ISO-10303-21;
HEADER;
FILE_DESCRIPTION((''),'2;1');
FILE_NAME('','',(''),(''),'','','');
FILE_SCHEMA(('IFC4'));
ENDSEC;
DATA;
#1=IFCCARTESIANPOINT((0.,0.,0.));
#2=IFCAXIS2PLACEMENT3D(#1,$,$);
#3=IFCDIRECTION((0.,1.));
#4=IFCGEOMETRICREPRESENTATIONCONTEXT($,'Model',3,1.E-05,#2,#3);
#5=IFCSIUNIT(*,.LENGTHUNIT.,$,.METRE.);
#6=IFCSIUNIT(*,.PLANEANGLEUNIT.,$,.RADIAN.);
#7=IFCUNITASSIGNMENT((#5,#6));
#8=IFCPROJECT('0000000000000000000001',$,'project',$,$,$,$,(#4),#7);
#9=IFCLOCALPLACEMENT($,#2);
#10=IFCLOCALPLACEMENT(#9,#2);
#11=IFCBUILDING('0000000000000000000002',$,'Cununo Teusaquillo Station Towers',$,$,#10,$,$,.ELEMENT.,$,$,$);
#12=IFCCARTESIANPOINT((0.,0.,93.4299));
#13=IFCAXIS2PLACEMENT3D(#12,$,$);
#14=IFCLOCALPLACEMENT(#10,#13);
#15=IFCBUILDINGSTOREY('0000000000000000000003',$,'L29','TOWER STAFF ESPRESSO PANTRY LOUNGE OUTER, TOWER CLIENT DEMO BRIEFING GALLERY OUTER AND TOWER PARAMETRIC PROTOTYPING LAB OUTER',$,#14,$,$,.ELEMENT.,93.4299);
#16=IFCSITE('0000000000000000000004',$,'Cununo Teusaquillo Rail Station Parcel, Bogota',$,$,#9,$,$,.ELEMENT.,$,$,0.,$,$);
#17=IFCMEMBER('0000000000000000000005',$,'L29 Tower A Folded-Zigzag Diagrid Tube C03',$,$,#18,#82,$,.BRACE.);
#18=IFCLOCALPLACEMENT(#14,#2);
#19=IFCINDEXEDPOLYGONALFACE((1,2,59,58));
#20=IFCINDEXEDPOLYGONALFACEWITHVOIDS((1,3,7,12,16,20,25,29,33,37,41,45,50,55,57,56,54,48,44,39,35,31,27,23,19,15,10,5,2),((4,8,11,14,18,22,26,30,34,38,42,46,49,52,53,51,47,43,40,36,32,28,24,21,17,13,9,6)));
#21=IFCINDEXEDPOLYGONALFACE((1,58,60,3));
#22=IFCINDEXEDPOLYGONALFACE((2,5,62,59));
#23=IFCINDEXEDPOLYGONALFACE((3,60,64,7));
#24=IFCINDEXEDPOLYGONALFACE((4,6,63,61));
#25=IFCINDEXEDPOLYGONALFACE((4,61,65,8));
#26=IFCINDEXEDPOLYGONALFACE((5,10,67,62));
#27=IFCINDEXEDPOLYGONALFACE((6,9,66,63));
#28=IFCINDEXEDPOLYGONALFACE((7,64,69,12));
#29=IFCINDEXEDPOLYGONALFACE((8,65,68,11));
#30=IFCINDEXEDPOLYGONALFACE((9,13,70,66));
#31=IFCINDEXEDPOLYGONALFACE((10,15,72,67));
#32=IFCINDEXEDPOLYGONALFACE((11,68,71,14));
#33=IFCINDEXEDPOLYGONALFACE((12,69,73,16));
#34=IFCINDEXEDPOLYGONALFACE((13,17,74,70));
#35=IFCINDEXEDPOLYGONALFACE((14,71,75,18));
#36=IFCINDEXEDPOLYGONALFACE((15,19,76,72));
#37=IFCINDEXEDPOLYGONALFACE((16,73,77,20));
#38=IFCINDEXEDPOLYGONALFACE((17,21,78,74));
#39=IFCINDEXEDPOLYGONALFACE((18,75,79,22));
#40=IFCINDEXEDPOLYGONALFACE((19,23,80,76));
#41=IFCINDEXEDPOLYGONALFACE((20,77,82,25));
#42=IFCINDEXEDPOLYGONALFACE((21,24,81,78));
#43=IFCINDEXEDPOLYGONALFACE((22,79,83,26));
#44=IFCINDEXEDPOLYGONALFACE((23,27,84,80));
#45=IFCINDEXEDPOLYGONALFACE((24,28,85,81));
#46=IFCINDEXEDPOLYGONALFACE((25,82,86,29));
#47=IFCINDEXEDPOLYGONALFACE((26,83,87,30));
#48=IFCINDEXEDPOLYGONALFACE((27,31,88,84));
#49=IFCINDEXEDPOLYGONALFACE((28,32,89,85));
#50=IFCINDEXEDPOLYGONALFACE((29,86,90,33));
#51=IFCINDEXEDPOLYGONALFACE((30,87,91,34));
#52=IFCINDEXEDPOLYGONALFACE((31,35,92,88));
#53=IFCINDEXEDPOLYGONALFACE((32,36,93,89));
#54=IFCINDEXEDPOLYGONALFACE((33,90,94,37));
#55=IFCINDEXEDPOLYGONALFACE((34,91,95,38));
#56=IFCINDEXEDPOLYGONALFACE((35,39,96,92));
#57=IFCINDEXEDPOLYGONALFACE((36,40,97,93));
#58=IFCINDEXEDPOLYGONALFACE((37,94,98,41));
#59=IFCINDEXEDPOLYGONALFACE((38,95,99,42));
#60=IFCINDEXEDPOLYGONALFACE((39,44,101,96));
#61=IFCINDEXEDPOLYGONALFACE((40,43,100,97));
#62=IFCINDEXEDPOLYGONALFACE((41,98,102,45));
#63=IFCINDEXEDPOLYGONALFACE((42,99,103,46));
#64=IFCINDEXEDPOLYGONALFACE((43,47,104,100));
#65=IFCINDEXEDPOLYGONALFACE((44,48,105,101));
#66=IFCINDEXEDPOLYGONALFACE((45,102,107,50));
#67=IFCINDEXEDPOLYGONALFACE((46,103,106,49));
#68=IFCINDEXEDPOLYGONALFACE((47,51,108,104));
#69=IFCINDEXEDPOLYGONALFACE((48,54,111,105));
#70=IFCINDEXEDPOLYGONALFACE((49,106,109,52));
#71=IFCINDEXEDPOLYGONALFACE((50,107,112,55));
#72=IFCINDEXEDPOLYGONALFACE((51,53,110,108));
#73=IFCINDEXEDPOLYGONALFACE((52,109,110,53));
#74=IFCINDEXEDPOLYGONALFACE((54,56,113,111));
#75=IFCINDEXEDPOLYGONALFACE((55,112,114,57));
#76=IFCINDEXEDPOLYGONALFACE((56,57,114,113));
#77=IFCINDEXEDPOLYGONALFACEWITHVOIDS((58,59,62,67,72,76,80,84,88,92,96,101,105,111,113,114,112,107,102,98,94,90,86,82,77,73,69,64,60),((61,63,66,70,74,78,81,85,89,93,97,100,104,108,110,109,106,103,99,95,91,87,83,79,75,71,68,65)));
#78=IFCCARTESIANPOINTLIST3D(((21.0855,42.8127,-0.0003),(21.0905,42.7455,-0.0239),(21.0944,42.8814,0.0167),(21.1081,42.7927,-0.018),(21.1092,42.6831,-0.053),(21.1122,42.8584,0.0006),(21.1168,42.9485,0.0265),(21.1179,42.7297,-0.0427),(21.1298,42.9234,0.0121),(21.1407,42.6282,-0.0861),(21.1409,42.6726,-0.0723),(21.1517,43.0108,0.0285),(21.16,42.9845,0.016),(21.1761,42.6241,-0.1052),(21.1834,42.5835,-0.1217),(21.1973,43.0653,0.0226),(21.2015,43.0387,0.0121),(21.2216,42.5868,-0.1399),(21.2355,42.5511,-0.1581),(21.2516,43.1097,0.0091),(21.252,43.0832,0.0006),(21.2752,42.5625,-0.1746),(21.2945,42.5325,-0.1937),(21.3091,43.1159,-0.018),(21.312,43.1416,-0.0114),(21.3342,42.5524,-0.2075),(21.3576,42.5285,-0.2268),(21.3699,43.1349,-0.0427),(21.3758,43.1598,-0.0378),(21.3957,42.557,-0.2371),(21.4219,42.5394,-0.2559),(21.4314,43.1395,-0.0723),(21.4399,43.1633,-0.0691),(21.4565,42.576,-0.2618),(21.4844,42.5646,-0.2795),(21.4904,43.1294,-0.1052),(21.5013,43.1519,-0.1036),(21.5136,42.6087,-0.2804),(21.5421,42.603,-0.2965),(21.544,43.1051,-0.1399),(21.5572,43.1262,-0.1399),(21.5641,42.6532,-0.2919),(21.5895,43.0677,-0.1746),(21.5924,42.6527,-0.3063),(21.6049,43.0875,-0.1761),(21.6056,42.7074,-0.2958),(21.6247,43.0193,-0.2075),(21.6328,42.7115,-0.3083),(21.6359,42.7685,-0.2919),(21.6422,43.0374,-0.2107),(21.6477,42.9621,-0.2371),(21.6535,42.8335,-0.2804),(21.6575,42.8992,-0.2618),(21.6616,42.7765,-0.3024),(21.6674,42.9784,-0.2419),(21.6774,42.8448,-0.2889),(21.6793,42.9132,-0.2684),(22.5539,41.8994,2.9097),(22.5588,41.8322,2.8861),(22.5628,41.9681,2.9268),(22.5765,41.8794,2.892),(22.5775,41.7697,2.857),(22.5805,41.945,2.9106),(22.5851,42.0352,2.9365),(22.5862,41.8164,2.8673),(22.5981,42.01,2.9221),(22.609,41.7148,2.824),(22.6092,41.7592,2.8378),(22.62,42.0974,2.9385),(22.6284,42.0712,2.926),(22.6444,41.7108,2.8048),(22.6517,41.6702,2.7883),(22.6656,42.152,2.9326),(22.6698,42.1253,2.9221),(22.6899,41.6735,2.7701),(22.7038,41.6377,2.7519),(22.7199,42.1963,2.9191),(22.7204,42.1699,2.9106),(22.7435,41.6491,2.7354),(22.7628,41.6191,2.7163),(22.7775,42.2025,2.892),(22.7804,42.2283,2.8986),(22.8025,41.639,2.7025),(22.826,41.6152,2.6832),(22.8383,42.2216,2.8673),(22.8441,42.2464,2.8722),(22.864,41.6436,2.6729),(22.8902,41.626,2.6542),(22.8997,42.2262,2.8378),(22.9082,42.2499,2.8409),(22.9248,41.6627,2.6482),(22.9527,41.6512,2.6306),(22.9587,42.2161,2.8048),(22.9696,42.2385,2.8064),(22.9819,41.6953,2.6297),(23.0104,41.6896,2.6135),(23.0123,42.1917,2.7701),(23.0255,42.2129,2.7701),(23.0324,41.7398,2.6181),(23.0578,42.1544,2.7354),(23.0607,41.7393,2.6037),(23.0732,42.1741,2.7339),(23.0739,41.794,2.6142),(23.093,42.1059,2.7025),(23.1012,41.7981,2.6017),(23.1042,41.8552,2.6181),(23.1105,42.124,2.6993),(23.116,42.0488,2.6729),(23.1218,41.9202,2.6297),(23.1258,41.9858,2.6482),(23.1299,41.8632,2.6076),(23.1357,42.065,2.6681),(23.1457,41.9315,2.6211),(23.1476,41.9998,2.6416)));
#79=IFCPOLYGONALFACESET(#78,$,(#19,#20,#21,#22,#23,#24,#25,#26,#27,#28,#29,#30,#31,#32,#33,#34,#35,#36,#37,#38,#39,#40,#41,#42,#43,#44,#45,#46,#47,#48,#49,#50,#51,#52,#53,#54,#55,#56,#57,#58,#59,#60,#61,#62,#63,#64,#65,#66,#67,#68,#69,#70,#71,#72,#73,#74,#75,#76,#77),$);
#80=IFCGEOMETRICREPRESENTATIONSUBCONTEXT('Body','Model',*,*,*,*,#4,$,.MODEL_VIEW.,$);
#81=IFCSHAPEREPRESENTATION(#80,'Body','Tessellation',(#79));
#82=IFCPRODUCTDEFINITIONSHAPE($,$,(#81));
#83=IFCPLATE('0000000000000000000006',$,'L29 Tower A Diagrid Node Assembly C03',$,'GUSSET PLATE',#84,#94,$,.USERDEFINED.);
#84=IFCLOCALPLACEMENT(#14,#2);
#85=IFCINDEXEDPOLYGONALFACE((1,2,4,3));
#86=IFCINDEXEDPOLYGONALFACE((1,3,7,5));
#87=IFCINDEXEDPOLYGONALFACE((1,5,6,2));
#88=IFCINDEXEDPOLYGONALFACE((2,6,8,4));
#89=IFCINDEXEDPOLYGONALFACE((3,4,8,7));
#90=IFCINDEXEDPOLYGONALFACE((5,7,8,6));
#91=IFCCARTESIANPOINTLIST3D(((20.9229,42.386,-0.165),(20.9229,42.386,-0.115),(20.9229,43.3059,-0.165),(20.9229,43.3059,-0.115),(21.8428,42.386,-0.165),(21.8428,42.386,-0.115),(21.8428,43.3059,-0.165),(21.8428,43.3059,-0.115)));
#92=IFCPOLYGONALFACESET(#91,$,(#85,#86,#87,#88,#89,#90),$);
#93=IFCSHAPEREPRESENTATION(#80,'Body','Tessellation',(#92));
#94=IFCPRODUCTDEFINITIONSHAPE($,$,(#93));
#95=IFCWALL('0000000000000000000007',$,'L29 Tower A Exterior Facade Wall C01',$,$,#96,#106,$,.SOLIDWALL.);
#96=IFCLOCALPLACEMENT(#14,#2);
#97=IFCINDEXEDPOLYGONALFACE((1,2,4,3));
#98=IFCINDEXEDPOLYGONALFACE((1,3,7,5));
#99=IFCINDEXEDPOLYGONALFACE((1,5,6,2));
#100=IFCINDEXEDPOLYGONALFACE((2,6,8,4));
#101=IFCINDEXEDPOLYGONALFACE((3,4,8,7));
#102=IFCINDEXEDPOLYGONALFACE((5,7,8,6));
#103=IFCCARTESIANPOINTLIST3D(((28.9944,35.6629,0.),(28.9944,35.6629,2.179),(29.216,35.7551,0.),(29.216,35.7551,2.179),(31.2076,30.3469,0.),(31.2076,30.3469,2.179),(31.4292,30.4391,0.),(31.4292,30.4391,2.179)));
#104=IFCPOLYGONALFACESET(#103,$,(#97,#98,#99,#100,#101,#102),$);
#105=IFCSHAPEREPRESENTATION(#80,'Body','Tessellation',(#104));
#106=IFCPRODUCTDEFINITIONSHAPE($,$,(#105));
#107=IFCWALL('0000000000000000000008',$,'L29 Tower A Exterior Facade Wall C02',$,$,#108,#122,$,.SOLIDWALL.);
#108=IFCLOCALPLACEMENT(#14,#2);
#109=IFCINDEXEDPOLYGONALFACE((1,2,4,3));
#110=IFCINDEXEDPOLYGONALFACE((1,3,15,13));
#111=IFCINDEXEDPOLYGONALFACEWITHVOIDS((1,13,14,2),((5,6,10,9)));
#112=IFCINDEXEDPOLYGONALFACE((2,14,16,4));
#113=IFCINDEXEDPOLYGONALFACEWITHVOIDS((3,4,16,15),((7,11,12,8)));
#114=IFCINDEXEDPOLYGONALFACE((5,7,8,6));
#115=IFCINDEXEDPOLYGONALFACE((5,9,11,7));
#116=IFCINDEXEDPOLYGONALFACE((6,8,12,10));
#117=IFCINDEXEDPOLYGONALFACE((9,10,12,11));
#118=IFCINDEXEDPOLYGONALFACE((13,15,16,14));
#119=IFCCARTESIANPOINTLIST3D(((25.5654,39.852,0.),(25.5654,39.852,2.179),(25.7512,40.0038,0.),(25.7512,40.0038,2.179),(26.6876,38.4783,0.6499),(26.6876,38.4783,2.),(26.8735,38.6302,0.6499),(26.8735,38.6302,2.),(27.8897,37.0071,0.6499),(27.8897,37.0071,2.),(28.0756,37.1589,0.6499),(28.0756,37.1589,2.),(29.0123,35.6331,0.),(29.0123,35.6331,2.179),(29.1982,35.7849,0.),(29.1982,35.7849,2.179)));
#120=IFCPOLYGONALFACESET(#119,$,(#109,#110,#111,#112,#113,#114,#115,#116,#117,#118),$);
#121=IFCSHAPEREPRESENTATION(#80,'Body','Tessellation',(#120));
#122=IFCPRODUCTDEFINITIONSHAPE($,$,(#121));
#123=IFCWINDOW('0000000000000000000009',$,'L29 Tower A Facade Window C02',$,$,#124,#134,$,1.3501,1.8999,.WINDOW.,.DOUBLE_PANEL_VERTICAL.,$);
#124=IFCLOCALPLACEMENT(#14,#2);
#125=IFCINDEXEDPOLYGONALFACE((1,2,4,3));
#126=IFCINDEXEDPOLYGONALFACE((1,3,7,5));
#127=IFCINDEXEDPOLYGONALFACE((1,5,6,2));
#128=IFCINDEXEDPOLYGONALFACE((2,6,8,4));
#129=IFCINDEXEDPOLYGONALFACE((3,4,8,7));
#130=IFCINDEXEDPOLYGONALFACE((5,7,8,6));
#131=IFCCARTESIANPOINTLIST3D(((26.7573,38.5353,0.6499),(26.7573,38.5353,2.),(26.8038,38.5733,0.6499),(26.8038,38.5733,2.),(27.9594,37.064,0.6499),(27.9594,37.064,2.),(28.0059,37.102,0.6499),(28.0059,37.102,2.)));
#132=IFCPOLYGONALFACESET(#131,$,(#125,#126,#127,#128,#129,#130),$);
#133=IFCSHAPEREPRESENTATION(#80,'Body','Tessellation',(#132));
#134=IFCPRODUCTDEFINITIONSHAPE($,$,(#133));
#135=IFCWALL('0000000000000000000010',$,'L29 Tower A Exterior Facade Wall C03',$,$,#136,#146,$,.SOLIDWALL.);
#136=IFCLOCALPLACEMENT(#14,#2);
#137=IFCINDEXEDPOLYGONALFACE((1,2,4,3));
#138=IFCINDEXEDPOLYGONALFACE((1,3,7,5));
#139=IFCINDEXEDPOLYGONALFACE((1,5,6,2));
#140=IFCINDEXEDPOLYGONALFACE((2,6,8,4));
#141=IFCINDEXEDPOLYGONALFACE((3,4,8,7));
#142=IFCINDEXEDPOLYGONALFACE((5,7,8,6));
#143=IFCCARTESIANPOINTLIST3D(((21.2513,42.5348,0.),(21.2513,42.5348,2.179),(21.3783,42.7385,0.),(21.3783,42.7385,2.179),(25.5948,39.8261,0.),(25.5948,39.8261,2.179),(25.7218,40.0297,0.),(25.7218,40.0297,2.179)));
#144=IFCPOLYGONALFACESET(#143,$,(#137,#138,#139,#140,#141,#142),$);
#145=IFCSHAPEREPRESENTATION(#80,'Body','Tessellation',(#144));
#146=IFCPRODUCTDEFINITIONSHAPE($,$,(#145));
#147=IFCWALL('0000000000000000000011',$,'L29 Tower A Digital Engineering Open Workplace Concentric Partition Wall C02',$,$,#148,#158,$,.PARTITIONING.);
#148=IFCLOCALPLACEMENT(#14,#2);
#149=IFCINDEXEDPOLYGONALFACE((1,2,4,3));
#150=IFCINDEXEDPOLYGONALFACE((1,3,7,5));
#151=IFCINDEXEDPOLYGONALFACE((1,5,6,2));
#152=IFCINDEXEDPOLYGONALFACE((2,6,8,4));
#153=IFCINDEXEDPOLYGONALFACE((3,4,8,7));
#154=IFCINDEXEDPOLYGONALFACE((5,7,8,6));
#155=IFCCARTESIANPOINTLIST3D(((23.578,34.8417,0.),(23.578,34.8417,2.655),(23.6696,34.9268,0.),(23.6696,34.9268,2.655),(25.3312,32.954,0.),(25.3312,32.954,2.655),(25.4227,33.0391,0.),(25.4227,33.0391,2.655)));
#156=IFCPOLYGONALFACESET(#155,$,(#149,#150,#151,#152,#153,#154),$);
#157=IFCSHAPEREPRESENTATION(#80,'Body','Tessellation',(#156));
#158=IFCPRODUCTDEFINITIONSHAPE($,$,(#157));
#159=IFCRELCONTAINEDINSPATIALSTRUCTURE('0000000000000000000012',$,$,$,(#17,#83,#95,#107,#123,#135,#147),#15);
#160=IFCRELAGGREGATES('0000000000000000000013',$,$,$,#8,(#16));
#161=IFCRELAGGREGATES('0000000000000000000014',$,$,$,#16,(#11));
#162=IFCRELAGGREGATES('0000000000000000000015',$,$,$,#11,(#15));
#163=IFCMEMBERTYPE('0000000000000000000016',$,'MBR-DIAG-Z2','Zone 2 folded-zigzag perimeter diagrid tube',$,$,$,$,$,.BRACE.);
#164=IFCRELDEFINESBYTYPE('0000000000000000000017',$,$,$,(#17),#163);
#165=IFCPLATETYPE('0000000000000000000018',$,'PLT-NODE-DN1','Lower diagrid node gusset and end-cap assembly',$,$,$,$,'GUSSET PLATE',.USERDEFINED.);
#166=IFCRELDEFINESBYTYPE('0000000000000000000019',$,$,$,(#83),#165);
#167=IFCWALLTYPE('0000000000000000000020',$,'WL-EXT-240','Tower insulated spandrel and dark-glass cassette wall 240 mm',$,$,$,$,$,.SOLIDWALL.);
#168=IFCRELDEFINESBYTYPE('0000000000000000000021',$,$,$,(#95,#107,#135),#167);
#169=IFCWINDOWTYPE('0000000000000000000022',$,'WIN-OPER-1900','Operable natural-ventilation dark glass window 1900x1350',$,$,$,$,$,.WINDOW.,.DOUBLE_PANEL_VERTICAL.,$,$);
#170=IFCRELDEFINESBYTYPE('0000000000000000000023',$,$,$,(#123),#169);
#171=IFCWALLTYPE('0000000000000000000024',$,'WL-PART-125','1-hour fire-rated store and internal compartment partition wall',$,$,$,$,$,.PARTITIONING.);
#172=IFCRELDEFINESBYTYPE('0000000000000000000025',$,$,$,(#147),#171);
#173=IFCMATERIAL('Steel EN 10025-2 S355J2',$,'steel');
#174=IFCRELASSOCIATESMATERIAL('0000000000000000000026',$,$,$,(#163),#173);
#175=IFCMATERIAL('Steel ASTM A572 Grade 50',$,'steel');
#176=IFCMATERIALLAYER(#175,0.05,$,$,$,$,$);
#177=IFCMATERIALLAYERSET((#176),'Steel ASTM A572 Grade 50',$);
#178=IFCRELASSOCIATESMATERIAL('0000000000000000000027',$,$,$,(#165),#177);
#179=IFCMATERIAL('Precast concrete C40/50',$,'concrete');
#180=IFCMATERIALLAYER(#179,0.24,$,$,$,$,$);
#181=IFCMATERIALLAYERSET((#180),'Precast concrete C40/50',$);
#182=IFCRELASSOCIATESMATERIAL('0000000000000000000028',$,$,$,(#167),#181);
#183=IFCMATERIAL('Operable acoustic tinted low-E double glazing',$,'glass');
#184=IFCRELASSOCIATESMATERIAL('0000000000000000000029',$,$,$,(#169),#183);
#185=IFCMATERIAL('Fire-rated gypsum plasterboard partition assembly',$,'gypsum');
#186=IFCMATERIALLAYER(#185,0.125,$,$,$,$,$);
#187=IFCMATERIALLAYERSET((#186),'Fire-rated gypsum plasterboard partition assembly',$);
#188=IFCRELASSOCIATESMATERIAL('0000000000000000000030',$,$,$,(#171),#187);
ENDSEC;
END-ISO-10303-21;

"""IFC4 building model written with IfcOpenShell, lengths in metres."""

from ifc_helpers import new_model, si_unit, direction, frame, frame_2d, origin, origin_2d, place, context, subcontext, project, spatial, rectangle, hollow_circle, extrude, source, transform, mapped, material, layer, layer_set, material_profile, profile_set, type_object, element, fill, save


model = new_model("IFC4")

# Units and contexts
model_context = context("Model", 3, precision=1e-05, world=origin(), true_north=direction((0.0, 1.0)))
body_context = subcontext(model_context, "Body", "Model", "MODEL_VIEW")
ifc_project = project(units=[si_unit("LENGTHUNIT", "METRE"), si_unit("PLANEANGLEUNIT", "RADIAN")], contexts=[model_context])

# Site, building, storey
site_placement = place(None, origin())
site = spatial("IfcSite", under=ifc_project, at=site_placement, Name="Cununo Teusaquillo Rail Station Parcel, Bogota", CompositionType="ELEMENT", RefElevation=0.0)
building_placement = place(site_placement, origin())
building = spatial("IfcBuilding", under=site, at=building_placement, Name="Cununo Teusaquillo Station Towers", CompositionType="ELEMENT")
storey_placement = place(building_placement, frame((0.0, 0.0, 93.4299)))
storey = spatial("IfcBuildingStorey", under=building, at=storey_placement, Name="L29", Description="TOWER STAFF ESPRESSO PANTRY LOUNGE OUTER, TOWER CLIENT DEMO BRIEFING GALLERY OUTER AND TOWER PARAMETRIC PROTOTYPING LAB OUTER", CompositionType="ELEMENT", Elevation=93.4299)

# Member
ifc_material_1 = material(Name="Steel EN 10025-2 S355J2", Category="steel")
ifc_material_profile_1 = material_profile(ifc_material_1, hollow_circle(Radius=0.3301, WallThickness=0.0249, at=origin_2d()), Name="CHS 660x25")
ifc_profile_set_1 = profile_set([ifc_material_profile_1], Name="Steel EN 10025-2 S355J2")
member_type = type_object("IfcMemberType", Name="MBR-DIAG-Z2", Description="Zone 2 folded-zigzag perimeter diagrid tube", PredefinedType="BRACE", material=ifc_profile_set_1)
member_placement = place(storey_placement, frame((21.3828, 42.8459, -0.1399), z_axis=(0.433768, -0.269825, 0.859674), x_axis=(0.528196, 0.849123, 0.0)))
element("IfcMember", 1, at=member_placement, inside=storey, type_object=member_type, Name="L29 Tower A Folded-Zigzag Diagrid Tube C03", PredefinedType="BRACE", context=body_context, shape_type="SweptSolid", body=[
    extrude(hollow_circle(Radius=0.3301, WallThickness=0.0249, at=origin_2d()), origin(), (0.0, 0.0, 1.0), 3.385),
])

# Plate
ifc_material_2 = material(Name="Steel ASTM A572 Grade 50", Category="steel")
ifc_layer_1 = layer(ifc_material_2, 0.05)
ifc_layer_set_1 = layer_set([ifc_layer_1], Name="Steel ASTM A572 Grade 50")
plate_type = type_object("IfcPlateType", Name="PLT-NODE-DN1", Description="Lower diagrid node gusset and end-cap assembly", ElementType="GUSSET PLATE", PredefinedType="USERDEFINED", material=ifc_layer_set_1)
shared_shape_1 = source(origin(), body_context, "Body", "SweptSolid", [
    extrude(rectangle(XDim=0.9199, YDim=0.9199, at=origin_2d()), origin(), (0.0, 0.0, 1.0), 0.05),
])
plate_placement = place(storey_placement, frame((21.3828, 42.8459, -0.165), z_axis=(0.0, 0.0, 1.0), x_axis=(1.0, 0.0, 0.0)))
element("IfcPlate", 2, at=plate_placement, inside=storey, type_object=plate_type, Name="L29 Tower A Diagrid Node Assembly C03", ObjectType="GUSSET PLATE", PredefinedType="USERDEFINED", context=body_context, shape_type="MappedRepresentation", body=[
    mapped(shared_shape_1, transform((0.0, 0.0, 0.0), x_axis=(1.0, 0.0, 0.0), y_axis=(0.0, 1.0, 0.0), z_axis=(0.0, 0.0, 1.0), scale=1.0)),
])

# Wall
ifc_material_3 = material(Name="Precast concrete C40/50", Category="concrete")
ifc_layer_2 = layer(ifc_material_3, 0.24)
ifc_layer_set_2 = layer_set([ifc_layer_2], Name="Precast concrete C40/50")
wall_type_1 = type_object("IfcWallType", Name="WL-EXT-240", Description="Tower insulated spandrel and dark-glass cassette wall 240 mm", PredefinedType="SOLIDWALL", material=ifc_layer_set_2)
wall_1_placement = place(storey_placement, frame((29.1052, 35.709, 0.0), z_axis=(0.0, 0.0, 1.0), x_axis=(0.384344, -0.92319, 0.0)))
element("IfcWall", 3, at=wall_1_placement, inside=storey, type_object=wall_type_1, Name="L29 Tower A Exterior Facade Wall C01", PredefinedType="SOLIDWALL", context=body_context, shape_type="SweptSolid", body=[
    extrude(rectangle(XDim=5.7583, YDim=0.24, at=frame_2d((2.8792, 0.0))), origin(), (0.0, 0.0, 1.0), 2.179),
])

# Wall, opening, window
wall_2_placement = place(storey_placement, frame((25.6582, 39.928, 0.0), z_axis=(0.0, 0.0, 1.0), x_axis=(0.632701, -0.774396, 0.0)))
wall_2 = element("IfcWall", 4, at=wall_2_placement, inside=storey, type_object=wall_type_1, Name="L29 Tower A Exterior Facade Wall C02", PredefinedType="SOLIDWALL", context=body_context, shape_type="SweptSolid", body=[
    extrude(rectangle(XDim=5.448, YDim=0.24, at=frame_2d((2.7241, 0.0))), origin(), (0.0, 0.0, 1.0), 2.179),
])
shared_shape_2 = source(origin(), body_context, "Body", "SweptSolid", [
    extrude(rectangle(XDim=1.8999, YDim=1.3501, at=frame_2d((0.95, 0.675))), frame((0.0, 0.1299, 0.0), z_axis=(0.0, -1.0, 0.0), x_axis=(1.0, 0.0, 0.0)), (0.0, 0.0, 1.0), 0.26),
])
opening_1_placement = place(wall_2_placement, frame((1.7739, 0.0, 0.6499)))
opening_1 = element("IfcOpeningElement", 5, at=opening_1_placement, cuts=wall_2, PredefinedType="OPENING", context=body_context, shape_type="MappedRepresentation", body=[
    mapped(shared_shape_2, transform((0.0, 0.0, 0.0), x_axis=(1.0, 0.0, 0.0), y_axis=(0.0, 1.0, 0.0), z_axis=(0.0, 0.0, 1.0), scale=1.0)),
])
ifc_material_4 = material(Name="Operable acoustic tinted low-E double glazing", Category="glass")
window_type = type_object("IfcWindowType", Name="WIN-OPER-1900", Description="Operable natural-ventilation dark glass window 1900x1350", PartitioningType="DOUBLE_PANEL_VERTICAL", PredefinedType="WINDOW", material=ifc_material_4)
shared_shape_3 = source(origin(), body_context, "Body", "SweptSolid", [
    extrude(rectangle(XDim=1.8999, YDim=1.3501, at=frame_2d((0.95, 0.675))), frame((0.0, 0.03, 0.0), z_axis=(0.0, -1.0, 0.0), x_axis=(1.0, 0.0, 0.0)), (0.0, 0.0, 1.0), 0.0601),
])
window_placement = place(opening_1_placement, origin())
window = element("IfcWindow", 6, at=window_placement, inside=storey, type_object=window_type, Name="L29 Tower A Facade Window C02", OverallHeight=1.3501, OverallWidth=1.8999, PartitioningType="DOUBLE_PANEL_VERTICAL", PredefinedType="WINDOW", context=body_context, shape_type="MappedRepresentation", body=[
    mapped(shared_shape_3, transform((0.0, 0.0, 0.0), x_axis=(1.0, 0.0, 0.0), y_axis=(0.0, 1.0, 0.0), z_axis=(0.0, 0.0, 1.0), scale=1.0)),
])
fill(opening_1, window)

# Walls
wall_3_placement = place(storey_placement, frame((21.3147, 42.6367, 0.0), z_axis=(0.0, 0.0, 1.0), x_axis=(0.84852, -0.529163, 0.0)))
element("IfcWall", 7, at=wall_3_placement, inside=storey, type_object=wall_type_1, Name="L29 Tower A Exterior Facade Wall C03", PredefinedType="SOLIDWALL", context=body_context, shape_type="SweptSolid", body=[
    extrude(rectangle(XDim=5.1189, YDim=0.24, at=frame_2d((2.5596, 0.0))), origin(), (0.0, 0.0, 1.0), 2.179),
])
ifc_material_5 = material(Name="Fire-rated gypsum plasterboard partition assembly", Category="gypsum")
ifc_layer_3 = layer(ifc_material_5, 0.125)
ifc_layer_set_3 = layer_set([ifc_layer_3], Name="Fire-rated gypsum plasterboard partition assembly")
wall_type_2 = type_object("IfcWallType", Name="WL-PART-125", Description="1-hour fire-rated store and internal compartment partition wall", PredefinedType="PARTITIONING", material=ifc_layer_set_3)
wall_4_placement = place(storey_placement, frame((25.377, 32.9966, 0.0), z_axis=(0.0, 0.0, 1.0), x_axis=(-0.680517, 0.732733, 0.0)))
element("IfcWall", 8, at=wall_4_placement, inside=storey, type_object=wall_type_2, Name="L29 Tower A Digital Engineering Open Workplace Concentric Partition Wall C02", PredefinedType="PARTITIONING", context=body_context, shape_type="SweptSolid", body=[
    extrude(rectangle(XDim=2.5762, YDim=0.125, at=frame_2d((1.2881, 0.0))), origin(), (0.0, 0.0, 1.0), 2.655),
])

save(model, "model.ifc")
